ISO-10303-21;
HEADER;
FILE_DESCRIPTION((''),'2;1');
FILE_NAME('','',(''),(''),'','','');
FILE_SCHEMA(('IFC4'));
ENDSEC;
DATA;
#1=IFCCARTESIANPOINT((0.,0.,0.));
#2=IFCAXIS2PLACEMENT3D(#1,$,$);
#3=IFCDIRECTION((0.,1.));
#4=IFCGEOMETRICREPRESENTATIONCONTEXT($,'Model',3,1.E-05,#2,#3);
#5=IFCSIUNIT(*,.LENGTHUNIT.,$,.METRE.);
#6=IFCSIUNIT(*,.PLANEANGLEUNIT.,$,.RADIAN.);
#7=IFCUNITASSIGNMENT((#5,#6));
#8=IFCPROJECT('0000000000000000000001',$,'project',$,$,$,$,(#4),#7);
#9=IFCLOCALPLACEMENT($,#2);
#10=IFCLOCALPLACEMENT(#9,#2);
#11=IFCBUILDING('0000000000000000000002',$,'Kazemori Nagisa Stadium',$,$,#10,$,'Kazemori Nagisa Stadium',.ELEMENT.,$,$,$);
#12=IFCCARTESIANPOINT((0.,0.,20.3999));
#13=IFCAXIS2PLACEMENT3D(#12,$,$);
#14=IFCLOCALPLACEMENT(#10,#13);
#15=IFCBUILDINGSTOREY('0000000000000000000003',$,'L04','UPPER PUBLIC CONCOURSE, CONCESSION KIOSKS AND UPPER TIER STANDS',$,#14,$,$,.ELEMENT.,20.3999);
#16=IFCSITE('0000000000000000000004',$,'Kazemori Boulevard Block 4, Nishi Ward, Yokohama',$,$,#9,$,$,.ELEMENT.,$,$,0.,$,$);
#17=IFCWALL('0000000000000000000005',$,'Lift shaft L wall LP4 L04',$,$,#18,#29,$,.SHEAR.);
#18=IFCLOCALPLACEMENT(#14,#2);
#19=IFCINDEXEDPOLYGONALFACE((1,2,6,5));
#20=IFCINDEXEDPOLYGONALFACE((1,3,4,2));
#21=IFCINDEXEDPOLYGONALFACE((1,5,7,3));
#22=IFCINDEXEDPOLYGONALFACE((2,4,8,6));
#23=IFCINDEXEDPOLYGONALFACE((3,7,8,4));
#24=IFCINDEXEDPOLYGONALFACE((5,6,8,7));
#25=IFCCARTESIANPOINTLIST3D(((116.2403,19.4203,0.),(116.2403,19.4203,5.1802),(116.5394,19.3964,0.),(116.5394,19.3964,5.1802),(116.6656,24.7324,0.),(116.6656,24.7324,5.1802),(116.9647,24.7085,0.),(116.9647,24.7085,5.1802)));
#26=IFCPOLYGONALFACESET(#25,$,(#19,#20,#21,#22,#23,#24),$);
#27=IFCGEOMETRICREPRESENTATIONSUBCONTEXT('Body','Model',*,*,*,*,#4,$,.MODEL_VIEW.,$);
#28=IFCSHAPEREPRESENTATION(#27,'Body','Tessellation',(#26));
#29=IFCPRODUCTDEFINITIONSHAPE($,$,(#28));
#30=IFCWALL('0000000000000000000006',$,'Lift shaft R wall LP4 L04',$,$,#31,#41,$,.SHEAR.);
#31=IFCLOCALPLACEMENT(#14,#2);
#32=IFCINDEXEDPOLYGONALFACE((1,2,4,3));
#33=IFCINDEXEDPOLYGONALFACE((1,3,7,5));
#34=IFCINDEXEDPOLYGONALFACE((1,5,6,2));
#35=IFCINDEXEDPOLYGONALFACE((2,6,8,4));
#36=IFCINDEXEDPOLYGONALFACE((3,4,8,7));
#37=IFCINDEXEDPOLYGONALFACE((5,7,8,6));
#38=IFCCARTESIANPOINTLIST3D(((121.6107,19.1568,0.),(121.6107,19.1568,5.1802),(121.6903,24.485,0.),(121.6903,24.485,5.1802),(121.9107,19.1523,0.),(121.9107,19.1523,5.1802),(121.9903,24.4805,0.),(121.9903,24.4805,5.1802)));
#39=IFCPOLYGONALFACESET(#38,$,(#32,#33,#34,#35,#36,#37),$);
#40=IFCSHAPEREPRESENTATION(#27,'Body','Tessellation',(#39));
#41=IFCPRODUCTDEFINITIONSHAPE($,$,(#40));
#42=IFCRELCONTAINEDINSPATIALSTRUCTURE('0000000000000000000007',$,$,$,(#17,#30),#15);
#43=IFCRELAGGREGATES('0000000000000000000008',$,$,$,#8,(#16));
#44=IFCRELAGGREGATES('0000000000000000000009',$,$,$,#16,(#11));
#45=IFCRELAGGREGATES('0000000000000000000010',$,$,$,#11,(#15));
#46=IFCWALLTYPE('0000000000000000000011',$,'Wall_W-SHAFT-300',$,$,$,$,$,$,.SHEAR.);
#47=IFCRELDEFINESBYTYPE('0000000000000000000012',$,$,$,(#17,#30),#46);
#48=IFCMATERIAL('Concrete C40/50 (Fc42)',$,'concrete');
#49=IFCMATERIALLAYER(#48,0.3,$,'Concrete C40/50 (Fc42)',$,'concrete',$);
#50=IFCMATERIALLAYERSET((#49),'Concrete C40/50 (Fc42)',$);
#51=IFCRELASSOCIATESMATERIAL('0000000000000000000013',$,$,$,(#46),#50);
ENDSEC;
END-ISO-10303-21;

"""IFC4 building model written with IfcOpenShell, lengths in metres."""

from ifc_helpers import new_model, si_unit, direction, frame, frame_2d, origin, place, context, subcontext, project, spatial, rectangle, extrude, material, layer, layer_set, type_object, element, save


model = new_model("IFC4")

# Units and contexts
model_context = context("Model", 3, precision=1e-05, world=origin(), true_north=direction((0.0, 1.0)))
body_context = subcontext(model_context, "Body", "Model", "MODEL_VIEW")
ifc_project = project(units=[si_unit("LENGTHUNIT", "METRE"), si_unit("PLANEANGLEUNIT", "RADIAN")], contexts=[model_context])

# Site, building, storey
site_placement = place(None, origin())
site = spatial("IfcSite", under=ifc_project, at=site_placement, Name="Kazemori Boulevard Block 4, Nishi Ward, Yokohama", CompositionType="ELEMENT", RefElevation=0.0)
building_placement = place(site_placement, origin())
building = spatial("IfcBuilding", under=site, at=building_placement, Name="Kazemori Nagisa Stadium", LongName="Kazemori Nagisa Stadium", CompositionType="ELEMENT")
storey_placement = place(building_placement, frame((0.0, 0.0, 20.3999)))
storey = spatial("IfcBuildingStorey", under=building, at=storey_placement, Name="L04", Description="UPPER PUBLIC CONCOURSE, CONCESSION KIOSKS AND UPPER TIER STANDS", CompositionType="ELEMENT", Elevation=20.3999)

# Shared definitions
ifc_material_1 = material(Name="Concrete C40/50 (Fc42)", Category="concrete")

# Shared definitions
ifc_layer_1 = layer(ifc_material_1, 0.3, Name="Concrete C40/50 (Fc42)", Category="concrete")
ifc_layer_set_1 = layer_set([ifc_layer_1], Name="Concrete C40/50 (Fc42)")
wall_type_1 = type_object("IfcWallType", Name="Wall_W-SHAFT-300", PredefinedType="SHEAR", material=ifc_layer_set_1)

# Walls
wall_1_placement = place(storey_placement, frame((116.8152, 24.7205, 0.0), z_axis=(0.0, 0.0, 1.0), x_axis=(-0.079807, -0.99681, 0.0)))
element("IfcWall", 1, at=wall_1_placement, inside=storey, type_object=wall_type_1, Name="Lift shaft L wall LP4 L04", PredefinedType="SHEAR", context=body_context, shape_type="SweptSolid", body=[
    extrude(rectangle(XDim=5.3291, YDim=0.3, at=frame_2d((2.6646, 0.0))), origin(), (0.0, 0.0, 1.0), 5.1802),
])
wall_2_placement = place(storey_placement, frame((121.8403, 24.4829, 0.0), z_axis=(0.0, 0.0, 1.0), x_axis=(-0.014935, -0.999888, 0.0)))
element("IfcWall", 2, at=wall_2_placement, inside=storey, type_object=wall_type_1, Name="Lift shaft R wall LP4 L04", PredefinedType="SHEAR", context=body_context, shape_type="SweptSolid", body=[
    extrude(rectangle(XDim=5.3289, YDim=0.3, at=frame_2d((2.6646, 0.0))), origin(), (0.0, 0.0, 1.0), 5.1802),
])

save(model, "model.ifc")
